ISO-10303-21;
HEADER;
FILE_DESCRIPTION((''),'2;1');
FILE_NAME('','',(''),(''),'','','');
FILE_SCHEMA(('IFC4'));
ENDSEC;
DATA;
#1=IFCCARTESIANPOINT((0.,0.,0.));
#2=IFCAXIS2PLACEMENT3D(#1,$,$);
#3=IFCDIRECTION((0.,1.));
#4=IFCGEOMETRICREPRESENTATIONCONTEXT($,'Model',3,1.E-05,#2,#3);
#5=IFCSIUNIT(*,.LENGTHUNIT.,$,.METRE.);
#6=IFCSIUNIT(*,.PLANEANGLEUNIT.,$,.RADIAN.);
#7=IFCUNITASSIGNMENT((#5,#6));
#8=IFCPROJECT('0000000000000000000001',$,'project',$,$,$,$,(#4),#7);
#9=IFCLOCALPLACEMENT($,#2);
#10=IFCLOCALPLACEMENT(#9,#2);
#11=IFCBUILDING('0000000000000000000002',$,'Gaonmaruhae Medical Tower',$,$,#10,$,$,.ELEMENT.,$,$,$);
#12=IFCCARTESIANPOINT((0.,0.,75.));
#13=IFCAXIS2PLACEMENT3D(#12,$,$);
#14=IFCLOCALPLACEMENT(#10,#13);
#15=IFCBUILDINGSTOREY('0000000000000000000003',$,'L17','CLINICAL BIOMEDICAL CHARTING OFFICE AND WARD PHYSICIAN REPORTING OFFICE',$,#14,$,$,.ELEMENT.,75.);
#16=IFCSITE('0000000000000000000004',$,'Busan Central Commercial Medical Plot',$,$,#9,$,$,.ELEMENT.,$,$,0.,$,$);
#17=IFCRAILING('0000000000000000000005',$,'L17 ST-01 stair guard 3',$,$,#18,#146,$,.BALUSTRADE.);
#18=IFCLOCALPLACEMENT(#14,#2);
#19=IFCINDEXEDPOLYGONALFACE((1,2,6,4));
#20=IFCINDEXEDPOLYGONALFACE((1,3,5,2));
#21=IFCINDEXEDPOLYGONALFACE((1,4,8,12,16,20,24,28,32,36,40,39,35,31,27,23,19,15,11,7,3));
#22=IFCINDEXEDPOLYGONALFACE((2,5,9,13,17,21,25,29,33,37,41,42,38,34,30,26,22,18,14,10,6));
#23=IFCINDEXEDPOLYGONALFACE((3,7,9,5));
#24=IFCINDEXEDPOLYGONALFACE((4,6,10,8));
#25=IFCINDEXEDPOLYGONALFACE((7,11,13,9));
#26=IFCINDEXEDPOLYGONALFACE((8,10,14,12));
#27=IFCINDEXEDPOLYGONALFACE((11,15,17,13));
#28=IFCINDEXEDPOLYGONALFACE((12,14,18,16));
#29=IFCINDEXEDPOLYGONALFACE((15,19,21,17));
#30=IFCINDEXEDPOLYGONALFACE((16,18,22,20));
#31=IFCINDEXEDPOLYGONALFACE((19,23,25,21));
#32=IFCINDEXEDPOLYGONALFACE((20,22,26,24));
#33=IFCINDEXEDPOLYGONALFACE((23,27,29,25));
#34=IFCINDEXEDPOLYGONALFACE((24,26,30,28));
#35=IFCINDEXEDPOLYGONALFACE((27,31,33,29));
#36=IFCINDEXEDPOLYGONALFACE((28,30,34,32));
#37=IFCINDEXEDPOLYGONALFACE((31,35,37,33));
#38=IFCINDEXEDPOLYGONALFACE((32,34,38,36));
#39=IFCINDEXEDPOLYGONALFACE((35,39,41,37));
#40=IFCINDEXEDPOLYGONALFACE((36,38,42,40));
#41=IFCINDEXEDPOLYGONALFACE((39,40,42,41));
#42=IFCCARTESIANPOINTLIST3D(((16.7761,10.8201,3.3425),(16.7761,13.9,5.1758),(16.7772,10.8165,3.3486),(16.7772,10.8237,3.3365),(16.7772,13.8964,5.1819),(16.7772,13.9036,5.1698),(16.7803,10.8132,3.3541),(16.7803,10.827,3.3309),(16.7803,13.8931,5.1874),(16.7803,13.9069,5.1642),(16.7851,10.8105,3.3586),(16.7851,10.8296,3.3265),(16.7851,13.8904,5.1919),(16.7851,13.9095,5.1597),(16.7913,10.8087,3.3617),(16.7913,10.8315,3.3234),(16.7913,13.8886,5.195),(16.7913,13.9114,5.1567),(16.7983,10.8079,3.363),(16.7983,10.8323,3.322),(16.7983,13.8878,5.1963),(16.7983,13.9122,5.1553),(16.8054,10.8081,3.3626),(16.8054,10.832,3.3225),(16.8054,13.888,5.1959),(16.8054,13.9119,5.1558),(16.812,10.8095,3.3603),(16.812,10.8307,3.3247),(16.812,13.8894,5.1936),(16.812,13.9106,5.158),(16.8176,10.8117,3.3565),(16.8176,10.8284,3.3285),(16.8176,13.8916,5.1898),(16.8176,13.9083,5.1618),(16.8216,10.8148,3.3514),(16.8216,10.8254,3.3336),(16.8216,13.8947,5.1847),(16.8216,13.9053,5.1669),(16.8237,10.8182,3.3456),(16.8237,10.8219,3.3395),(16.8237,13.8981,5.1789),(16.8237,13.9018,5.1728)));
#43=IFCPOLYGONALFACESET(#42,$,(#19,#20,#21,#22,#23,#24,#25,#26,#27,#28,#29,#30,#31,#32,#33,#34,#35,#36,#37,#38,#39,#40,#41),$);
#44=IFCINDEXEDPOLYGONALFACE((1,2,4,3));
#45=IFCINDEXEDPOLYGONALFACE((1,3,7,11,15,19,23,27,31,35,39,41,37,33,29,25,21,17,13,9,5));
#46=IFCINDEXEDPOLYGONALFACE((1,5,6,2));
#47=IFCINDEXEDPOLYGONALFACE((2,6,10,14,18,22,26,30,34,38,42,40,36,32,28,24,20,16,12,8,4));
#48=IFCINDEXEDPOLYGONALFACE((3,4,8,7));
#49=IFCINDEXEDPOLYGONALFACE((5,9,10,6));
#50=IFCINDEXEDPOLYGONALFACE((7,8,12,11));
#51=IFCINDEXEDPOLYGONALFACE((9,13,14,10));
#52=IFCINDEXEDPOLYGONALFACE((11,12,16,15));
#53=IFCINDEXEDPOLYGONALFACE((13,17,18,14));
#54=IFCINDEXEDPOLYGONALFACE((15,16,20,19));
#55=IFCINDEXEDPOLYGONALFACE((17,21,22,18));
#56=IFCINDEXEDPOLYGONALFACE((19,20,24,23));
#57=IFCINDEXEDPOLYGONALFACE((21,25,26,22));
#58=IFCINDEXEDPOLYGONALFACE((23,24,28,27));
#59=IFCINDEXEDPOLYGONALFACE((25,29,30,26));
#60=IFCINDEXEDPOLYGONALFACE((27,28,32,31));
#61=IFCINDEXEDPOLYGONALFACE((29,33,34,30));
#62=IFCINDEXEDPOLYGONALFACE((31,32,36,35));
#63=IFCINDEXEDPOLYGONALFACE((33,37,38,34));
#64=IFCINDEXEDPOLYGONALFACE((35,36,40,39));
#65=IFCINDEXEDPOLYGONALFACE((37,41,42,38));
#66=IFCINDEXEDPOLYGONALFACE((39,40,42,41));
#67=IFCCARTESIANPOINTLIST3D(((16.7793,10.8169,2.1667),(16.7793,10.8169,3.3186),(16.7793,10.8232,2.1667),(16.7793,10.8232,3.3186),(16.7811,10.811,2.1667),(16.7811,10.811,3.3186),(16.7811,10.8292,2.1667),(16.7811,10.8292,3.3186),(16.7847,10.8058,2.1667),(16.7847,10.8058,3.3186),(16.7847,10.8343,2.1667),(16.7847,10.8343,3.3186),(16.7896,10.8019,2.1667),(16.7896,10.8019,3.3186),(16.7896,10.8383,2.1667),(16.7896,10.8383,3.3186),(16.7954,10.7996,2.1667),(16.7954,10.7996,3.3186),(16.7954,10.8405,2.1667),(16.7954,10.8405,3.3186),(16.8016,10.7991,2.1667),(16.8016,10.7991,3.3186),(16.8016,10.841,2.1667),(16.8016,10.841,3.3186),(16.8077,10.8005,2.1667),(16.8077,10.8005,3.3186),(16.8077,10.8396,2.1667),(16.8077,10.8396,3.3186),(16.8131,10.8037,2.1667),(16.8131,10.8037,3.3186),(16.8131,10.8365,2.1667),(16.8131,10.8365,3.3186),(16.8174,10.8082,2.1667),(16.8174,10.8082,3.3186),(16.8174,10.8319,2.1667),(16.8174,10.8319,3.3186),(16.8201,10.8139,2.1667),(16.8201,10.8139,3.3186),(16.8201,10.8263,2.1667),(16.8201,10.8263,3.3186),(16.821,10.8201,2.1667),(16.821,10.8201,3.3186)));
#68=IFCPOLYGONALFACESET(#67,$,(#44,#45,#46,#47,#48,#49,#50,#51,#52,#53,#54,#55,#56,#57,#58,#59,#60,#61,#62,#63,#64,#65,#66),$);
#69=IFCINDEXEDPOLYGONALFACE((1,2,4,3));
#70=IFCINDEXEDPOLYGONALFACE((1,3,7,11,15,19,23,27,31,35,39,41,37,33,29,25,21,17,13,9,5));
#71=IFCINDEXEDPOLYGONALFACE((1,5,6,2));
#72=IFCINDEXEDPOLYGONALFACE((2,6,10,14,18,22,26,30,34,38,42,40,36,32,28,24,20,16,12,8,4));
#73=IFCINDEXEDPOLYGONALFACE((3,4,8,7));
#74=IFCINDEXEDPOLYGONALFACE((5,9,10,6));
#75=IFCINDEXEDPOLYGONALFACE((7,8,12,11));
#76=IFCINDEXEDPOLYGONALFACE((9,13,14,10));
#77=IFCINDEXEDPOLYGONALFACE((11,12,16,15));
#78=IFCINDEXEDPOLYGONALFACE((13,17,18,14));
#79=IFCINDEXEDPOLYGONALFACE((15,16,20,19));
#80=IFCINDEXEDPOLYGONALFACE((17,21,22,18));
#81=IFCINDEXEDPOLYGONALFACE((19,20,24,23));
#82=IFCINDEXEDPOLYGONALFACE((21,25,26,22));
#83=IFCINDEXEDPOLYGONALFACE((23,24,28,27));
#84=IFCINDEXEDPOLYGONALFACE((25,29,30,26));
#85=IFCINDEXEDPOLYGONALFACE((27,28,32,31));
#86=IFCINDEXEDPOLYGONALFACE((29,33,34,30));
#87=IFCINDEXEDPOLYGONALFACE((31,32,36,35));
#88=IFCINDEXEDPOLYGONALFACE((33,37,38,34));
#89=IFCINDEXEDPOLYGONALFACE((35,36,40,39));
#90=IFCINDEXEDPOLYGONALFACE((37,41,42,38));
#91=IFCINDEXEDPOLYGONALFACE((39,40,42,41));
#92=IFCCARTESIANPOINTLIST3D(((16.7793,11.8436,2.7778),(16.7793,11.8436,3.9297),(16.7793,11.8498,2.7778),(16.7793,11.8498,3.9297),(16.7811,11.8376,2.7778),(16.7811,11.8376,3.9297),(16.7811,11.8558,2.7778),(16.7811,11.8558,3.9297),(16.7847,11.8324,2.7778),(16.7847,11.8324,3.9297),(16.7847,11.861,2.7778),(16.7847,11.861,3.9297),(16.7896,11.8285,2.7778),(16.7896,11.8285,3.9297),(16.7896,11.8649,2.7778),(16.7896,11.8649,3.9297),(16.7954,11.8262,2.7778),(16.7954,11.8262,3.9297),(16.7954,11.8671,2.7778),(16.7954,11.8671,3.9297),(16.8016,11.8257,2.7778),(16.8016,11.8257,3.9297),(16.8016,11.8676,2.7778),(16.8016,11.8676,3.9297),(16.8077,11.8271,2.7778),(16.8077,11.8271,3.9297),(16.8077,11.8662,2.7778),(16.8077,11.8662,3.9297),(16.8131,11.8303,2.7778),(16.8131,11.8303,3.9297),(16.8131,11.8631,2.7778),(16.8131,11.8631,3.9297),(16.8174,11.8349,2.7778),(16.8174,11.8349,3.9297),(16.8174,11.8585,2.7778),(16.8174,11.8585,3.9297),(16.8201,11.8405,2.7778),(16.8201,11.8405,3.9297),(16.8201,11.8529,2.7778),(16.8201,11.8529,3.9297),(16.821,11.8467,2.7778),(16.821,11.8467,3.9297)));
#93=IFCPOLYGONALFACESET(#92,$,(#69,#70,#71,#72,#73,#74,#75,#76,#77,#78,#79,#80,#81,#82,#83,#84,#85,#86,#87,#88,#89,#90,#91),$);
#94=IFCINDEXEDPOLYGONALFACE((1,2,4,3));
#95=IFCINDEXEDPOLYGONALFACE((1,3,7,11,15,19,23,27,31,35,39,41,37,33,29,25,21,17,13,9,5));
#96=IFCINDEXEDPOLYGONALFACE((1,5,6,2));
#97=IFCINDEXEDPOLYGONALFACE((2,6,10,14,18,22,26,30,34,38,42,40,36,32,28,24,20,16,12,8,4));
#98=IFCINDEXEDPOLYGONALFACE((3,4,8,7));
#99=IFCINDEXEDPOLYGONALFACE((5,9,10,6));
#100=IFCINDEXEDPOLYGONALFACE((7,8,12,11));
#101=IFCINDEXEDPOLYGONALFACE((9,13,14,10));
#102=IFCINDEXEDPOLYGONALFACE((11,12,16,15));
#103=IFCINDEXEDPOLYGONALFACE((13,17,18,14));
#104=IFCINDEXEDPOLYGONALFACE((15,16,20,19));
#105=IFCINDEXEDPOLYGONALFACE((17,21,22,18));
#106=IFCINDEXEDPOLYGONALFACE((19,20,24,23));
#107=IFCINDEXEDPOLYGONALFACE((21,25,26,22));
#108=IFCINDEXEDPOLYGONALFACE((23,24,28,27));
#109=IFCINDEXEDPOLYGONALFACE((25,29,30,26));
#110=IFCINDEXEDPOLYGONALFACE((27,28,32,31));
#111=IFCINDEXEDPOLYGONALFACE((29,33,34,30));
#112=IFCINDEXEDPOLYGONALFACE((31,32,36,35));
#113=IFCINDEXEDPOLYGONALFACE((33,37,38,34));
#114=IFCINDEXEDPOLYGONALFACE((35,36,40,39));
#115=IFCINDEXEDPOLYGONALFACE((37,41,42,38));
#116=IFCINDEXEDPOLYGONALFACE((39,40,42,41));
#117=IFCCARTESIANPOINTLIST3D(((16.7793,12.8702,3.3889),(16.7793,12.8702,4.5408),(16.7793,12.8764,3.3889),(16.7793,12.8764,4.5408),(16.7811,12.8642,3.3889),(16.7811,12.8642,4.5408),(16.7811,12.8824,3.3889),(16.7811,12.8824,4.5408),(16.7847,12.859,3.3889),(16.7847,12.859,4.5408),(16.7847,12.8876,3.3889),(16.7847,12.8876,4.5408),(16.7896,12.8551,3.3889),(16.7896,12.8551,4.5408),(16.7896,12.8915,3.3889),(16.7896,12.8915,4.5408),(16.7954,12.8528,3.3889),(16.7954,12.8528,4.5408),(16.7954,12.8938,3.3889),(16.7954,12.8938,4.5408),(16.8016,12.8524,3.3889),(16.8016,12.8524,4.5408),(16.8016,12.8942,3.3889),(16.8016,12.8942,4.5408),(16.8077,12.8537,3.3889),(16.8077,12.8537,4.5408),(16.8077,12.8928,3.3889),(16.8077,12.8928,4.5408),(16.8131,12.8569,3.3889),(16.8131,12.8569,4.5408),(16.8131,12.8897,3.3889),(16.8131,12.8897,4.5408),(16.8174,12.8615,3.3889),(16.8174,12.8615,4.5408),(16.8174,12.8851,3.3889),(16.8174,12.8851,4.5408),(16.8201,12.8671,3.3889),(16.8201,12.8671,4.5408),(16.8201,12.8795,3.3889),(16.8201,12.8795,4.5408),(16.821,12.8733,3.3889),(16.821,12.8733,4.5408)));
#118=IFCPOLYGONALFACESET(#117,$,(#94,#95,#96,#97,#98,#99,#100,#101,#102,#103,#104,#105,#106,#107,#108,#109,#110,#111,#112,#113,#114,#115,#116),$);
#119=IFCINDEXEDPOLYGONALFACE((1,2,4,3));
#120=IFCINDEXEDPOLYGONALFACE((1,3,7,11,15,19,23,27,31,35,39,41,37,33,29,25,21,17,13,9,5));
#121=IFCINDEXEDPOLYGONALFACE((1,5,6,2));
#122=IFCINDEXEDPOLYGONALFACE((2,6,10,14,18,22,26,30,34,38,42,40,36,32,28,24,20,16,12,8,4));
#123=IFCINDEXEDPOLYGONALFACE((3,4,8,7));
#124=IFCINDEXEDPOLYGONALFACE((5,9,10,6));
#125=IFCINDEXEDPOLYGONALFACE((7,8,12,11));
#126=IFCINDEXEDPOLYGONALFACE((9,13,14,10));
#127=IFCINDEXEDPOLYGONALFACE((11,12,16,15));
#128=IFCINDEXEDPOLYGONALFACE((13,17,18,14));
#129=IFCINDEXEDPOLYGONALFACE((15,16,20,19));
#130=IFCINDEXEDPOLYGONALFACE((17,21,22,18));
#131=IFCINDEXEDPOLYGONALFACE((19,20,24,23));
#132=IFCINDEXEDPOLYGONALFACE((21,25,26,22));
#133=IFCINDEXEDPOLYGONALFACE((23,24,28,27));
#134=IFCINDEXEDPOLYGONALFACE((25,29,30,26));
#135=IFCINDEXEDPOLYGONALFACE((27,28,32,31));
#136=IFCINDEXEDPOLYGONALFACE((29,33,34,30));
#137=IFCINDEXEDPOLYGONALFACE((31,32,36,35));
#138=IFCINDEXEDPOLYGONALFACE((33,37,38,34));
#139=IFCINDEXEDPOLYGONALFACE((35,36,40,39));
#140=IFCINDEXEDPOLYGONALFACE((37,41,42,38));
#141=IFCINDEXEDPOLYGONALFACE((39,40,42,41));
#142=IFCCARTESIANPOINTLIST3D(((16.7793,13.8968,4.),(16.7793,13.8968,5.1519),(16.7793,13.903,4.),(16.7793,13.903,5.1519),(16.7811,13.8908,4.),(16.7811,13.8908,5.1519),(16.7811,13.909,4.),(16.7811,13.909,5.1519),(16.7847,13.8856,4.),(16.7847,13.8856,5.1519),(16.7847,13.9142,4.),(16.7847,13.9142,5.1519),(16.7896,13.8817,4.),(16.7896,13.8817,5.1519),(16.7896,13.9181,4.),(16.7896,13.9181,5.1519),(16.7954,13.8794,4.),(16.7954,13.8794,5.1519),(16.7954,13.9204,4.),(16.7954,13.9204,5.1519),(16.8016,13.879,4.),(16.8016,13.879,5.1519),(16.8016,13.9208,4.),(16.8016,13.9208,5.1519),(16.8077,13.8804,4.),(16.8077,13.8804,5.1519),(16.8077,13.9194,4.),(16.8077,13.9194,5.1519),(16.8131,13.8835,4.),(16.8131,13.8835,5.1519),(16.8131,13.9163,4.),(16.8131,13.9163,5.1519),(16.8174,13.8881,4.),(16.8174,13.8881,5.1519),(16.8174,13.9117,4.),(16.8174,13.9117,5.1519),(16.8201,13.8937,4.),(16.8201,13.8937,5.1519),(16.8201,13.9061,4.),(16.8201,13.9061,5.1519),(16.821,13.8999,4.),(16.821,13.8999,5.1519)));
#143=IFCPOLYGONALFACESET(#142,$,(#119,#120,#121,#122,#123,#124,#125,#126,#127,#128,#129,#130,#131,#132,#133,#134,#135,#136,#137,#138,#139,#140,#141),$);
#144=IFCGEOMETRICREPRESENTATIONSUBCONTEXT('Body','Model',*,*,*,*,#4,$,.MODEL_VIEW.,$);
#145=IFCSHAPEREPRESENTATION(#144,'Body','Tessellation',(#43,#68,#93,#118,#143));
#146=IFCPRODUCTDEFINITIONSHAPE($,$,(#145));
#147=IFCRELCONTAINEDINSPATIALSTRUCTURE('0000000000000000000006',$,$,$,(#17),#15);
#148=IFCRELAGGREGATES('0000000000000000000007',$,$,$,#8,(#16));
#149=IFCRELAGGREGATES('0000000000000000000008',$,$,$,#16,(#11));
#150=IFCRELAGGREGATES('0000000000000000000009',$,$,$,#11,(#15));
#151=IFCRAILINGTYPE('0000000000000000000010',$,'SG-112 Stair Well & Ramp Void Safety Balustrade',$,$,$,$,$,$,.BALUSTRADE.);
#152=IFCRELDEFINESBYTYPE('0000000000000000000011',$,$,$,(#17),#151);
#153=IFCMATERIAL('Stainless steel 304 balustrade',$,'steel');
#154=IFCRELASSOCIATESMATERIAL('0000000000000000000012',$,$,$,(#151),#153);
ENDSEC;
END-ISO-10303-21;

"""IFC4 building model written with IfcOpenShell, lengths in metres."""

from ifc_helpers import new_model, si_unit, direction, frame, origin, origin_2d, place, context, subcontext, project, spatial, circle, extrude, material, type_object, element, save


model = new_model("IFC4")

# Units and contexts
model_context = context("Model", 3, precision=1e-05, world=origin(), true_north=direction((0.0, 1.0)))
body_context = subcontext(model_context, "Body", "Model", "MODEL_VIEW")
ifc_project = project(units=[si_unit("LENGTHUNIT", "METRE"), si_unit("PLANEANGLEUNIT", "RADIAN")], contexts=[model_context])

# Site, building, storey
site_placement = place(None, origin())
site = spatial("IfcSite", under=ifc_project, at=site_placement, Name="Busan Central Commercial Medical Plot", CompositionType="ELEMENT", RefElevation=0.0)
building_placement = place(site_placement, origin())
building = spatial("IfcBuilding", under=site, at=building_placement, Name="Gaonmaruhae Medical Tower", CompositionType="ELEMENT")
storey_placement = place(building_placement, frame((0.0, 0.0, 75.0)))
storey = spatial("IfcBuildingStorey", under=building, at=storey_placement, Name="L17", Description="CLINICAL BIOMEDICAL CHARTING OFFICE AND WARD PHYSICIAN REPORTING OFFICE", CompositionType="ELEMENT", Elevation=75.0)

# Railing
ifc_material_1 = material(Name="Stainless steel 304 balustrade", Category="steel")
railing_type_1 = type_object("IfcRailingType", Name="SG-112 Stair Well & Ramp Void Safety Balustrade", PredefinedType="BALUSTRADE", material=ifc_material_1)
railing_1_placement = place(storey_placement, frame((16.8, 10.8201, 2.1667)))
element("IfcRailing", 1, at=railing_1_placement, inside=storey, type_object=railing_type_1, Name="L17 ST-01 stair guard 3", PredefinedType="BALUSTRADE", context=body_context, shape_type="SweptSolid", body=[
    extrude(circle(Radius=0.0239, at=origin_2d()), frame((0.0, 0.0, 1.1758), z_axis=(0.0, 0.859291, 0.511487), x_axis=(-1.0, 0.0, 0.0)), (0.0, 0.0, 1.0), 3.5842),
    extrude(circle(Radius=0.021, at=origin_2d()), origin(), (0.0, 0.0, 1.0), 1.1519),
    extrude(circle(Radius=0.021, at=origin_2d()), frame((0.0, 1.0266, 0.6111)), (0.0, 0.0, 1.0), 1.1519),
    extrude(circle(Radius=0.021, at=origin_2d()), frame((0.0, 2.0532, 1.2222)), (0.0, 0.0, 1.0), 1.1519),
    extrude(circle(Radius=0.021, at=origin_2d()), frame((0.0, 3.0798, 1.8333)), (0.0, 0.0, 1.0), 1.1519),
])

save(model, "model.ifc")
